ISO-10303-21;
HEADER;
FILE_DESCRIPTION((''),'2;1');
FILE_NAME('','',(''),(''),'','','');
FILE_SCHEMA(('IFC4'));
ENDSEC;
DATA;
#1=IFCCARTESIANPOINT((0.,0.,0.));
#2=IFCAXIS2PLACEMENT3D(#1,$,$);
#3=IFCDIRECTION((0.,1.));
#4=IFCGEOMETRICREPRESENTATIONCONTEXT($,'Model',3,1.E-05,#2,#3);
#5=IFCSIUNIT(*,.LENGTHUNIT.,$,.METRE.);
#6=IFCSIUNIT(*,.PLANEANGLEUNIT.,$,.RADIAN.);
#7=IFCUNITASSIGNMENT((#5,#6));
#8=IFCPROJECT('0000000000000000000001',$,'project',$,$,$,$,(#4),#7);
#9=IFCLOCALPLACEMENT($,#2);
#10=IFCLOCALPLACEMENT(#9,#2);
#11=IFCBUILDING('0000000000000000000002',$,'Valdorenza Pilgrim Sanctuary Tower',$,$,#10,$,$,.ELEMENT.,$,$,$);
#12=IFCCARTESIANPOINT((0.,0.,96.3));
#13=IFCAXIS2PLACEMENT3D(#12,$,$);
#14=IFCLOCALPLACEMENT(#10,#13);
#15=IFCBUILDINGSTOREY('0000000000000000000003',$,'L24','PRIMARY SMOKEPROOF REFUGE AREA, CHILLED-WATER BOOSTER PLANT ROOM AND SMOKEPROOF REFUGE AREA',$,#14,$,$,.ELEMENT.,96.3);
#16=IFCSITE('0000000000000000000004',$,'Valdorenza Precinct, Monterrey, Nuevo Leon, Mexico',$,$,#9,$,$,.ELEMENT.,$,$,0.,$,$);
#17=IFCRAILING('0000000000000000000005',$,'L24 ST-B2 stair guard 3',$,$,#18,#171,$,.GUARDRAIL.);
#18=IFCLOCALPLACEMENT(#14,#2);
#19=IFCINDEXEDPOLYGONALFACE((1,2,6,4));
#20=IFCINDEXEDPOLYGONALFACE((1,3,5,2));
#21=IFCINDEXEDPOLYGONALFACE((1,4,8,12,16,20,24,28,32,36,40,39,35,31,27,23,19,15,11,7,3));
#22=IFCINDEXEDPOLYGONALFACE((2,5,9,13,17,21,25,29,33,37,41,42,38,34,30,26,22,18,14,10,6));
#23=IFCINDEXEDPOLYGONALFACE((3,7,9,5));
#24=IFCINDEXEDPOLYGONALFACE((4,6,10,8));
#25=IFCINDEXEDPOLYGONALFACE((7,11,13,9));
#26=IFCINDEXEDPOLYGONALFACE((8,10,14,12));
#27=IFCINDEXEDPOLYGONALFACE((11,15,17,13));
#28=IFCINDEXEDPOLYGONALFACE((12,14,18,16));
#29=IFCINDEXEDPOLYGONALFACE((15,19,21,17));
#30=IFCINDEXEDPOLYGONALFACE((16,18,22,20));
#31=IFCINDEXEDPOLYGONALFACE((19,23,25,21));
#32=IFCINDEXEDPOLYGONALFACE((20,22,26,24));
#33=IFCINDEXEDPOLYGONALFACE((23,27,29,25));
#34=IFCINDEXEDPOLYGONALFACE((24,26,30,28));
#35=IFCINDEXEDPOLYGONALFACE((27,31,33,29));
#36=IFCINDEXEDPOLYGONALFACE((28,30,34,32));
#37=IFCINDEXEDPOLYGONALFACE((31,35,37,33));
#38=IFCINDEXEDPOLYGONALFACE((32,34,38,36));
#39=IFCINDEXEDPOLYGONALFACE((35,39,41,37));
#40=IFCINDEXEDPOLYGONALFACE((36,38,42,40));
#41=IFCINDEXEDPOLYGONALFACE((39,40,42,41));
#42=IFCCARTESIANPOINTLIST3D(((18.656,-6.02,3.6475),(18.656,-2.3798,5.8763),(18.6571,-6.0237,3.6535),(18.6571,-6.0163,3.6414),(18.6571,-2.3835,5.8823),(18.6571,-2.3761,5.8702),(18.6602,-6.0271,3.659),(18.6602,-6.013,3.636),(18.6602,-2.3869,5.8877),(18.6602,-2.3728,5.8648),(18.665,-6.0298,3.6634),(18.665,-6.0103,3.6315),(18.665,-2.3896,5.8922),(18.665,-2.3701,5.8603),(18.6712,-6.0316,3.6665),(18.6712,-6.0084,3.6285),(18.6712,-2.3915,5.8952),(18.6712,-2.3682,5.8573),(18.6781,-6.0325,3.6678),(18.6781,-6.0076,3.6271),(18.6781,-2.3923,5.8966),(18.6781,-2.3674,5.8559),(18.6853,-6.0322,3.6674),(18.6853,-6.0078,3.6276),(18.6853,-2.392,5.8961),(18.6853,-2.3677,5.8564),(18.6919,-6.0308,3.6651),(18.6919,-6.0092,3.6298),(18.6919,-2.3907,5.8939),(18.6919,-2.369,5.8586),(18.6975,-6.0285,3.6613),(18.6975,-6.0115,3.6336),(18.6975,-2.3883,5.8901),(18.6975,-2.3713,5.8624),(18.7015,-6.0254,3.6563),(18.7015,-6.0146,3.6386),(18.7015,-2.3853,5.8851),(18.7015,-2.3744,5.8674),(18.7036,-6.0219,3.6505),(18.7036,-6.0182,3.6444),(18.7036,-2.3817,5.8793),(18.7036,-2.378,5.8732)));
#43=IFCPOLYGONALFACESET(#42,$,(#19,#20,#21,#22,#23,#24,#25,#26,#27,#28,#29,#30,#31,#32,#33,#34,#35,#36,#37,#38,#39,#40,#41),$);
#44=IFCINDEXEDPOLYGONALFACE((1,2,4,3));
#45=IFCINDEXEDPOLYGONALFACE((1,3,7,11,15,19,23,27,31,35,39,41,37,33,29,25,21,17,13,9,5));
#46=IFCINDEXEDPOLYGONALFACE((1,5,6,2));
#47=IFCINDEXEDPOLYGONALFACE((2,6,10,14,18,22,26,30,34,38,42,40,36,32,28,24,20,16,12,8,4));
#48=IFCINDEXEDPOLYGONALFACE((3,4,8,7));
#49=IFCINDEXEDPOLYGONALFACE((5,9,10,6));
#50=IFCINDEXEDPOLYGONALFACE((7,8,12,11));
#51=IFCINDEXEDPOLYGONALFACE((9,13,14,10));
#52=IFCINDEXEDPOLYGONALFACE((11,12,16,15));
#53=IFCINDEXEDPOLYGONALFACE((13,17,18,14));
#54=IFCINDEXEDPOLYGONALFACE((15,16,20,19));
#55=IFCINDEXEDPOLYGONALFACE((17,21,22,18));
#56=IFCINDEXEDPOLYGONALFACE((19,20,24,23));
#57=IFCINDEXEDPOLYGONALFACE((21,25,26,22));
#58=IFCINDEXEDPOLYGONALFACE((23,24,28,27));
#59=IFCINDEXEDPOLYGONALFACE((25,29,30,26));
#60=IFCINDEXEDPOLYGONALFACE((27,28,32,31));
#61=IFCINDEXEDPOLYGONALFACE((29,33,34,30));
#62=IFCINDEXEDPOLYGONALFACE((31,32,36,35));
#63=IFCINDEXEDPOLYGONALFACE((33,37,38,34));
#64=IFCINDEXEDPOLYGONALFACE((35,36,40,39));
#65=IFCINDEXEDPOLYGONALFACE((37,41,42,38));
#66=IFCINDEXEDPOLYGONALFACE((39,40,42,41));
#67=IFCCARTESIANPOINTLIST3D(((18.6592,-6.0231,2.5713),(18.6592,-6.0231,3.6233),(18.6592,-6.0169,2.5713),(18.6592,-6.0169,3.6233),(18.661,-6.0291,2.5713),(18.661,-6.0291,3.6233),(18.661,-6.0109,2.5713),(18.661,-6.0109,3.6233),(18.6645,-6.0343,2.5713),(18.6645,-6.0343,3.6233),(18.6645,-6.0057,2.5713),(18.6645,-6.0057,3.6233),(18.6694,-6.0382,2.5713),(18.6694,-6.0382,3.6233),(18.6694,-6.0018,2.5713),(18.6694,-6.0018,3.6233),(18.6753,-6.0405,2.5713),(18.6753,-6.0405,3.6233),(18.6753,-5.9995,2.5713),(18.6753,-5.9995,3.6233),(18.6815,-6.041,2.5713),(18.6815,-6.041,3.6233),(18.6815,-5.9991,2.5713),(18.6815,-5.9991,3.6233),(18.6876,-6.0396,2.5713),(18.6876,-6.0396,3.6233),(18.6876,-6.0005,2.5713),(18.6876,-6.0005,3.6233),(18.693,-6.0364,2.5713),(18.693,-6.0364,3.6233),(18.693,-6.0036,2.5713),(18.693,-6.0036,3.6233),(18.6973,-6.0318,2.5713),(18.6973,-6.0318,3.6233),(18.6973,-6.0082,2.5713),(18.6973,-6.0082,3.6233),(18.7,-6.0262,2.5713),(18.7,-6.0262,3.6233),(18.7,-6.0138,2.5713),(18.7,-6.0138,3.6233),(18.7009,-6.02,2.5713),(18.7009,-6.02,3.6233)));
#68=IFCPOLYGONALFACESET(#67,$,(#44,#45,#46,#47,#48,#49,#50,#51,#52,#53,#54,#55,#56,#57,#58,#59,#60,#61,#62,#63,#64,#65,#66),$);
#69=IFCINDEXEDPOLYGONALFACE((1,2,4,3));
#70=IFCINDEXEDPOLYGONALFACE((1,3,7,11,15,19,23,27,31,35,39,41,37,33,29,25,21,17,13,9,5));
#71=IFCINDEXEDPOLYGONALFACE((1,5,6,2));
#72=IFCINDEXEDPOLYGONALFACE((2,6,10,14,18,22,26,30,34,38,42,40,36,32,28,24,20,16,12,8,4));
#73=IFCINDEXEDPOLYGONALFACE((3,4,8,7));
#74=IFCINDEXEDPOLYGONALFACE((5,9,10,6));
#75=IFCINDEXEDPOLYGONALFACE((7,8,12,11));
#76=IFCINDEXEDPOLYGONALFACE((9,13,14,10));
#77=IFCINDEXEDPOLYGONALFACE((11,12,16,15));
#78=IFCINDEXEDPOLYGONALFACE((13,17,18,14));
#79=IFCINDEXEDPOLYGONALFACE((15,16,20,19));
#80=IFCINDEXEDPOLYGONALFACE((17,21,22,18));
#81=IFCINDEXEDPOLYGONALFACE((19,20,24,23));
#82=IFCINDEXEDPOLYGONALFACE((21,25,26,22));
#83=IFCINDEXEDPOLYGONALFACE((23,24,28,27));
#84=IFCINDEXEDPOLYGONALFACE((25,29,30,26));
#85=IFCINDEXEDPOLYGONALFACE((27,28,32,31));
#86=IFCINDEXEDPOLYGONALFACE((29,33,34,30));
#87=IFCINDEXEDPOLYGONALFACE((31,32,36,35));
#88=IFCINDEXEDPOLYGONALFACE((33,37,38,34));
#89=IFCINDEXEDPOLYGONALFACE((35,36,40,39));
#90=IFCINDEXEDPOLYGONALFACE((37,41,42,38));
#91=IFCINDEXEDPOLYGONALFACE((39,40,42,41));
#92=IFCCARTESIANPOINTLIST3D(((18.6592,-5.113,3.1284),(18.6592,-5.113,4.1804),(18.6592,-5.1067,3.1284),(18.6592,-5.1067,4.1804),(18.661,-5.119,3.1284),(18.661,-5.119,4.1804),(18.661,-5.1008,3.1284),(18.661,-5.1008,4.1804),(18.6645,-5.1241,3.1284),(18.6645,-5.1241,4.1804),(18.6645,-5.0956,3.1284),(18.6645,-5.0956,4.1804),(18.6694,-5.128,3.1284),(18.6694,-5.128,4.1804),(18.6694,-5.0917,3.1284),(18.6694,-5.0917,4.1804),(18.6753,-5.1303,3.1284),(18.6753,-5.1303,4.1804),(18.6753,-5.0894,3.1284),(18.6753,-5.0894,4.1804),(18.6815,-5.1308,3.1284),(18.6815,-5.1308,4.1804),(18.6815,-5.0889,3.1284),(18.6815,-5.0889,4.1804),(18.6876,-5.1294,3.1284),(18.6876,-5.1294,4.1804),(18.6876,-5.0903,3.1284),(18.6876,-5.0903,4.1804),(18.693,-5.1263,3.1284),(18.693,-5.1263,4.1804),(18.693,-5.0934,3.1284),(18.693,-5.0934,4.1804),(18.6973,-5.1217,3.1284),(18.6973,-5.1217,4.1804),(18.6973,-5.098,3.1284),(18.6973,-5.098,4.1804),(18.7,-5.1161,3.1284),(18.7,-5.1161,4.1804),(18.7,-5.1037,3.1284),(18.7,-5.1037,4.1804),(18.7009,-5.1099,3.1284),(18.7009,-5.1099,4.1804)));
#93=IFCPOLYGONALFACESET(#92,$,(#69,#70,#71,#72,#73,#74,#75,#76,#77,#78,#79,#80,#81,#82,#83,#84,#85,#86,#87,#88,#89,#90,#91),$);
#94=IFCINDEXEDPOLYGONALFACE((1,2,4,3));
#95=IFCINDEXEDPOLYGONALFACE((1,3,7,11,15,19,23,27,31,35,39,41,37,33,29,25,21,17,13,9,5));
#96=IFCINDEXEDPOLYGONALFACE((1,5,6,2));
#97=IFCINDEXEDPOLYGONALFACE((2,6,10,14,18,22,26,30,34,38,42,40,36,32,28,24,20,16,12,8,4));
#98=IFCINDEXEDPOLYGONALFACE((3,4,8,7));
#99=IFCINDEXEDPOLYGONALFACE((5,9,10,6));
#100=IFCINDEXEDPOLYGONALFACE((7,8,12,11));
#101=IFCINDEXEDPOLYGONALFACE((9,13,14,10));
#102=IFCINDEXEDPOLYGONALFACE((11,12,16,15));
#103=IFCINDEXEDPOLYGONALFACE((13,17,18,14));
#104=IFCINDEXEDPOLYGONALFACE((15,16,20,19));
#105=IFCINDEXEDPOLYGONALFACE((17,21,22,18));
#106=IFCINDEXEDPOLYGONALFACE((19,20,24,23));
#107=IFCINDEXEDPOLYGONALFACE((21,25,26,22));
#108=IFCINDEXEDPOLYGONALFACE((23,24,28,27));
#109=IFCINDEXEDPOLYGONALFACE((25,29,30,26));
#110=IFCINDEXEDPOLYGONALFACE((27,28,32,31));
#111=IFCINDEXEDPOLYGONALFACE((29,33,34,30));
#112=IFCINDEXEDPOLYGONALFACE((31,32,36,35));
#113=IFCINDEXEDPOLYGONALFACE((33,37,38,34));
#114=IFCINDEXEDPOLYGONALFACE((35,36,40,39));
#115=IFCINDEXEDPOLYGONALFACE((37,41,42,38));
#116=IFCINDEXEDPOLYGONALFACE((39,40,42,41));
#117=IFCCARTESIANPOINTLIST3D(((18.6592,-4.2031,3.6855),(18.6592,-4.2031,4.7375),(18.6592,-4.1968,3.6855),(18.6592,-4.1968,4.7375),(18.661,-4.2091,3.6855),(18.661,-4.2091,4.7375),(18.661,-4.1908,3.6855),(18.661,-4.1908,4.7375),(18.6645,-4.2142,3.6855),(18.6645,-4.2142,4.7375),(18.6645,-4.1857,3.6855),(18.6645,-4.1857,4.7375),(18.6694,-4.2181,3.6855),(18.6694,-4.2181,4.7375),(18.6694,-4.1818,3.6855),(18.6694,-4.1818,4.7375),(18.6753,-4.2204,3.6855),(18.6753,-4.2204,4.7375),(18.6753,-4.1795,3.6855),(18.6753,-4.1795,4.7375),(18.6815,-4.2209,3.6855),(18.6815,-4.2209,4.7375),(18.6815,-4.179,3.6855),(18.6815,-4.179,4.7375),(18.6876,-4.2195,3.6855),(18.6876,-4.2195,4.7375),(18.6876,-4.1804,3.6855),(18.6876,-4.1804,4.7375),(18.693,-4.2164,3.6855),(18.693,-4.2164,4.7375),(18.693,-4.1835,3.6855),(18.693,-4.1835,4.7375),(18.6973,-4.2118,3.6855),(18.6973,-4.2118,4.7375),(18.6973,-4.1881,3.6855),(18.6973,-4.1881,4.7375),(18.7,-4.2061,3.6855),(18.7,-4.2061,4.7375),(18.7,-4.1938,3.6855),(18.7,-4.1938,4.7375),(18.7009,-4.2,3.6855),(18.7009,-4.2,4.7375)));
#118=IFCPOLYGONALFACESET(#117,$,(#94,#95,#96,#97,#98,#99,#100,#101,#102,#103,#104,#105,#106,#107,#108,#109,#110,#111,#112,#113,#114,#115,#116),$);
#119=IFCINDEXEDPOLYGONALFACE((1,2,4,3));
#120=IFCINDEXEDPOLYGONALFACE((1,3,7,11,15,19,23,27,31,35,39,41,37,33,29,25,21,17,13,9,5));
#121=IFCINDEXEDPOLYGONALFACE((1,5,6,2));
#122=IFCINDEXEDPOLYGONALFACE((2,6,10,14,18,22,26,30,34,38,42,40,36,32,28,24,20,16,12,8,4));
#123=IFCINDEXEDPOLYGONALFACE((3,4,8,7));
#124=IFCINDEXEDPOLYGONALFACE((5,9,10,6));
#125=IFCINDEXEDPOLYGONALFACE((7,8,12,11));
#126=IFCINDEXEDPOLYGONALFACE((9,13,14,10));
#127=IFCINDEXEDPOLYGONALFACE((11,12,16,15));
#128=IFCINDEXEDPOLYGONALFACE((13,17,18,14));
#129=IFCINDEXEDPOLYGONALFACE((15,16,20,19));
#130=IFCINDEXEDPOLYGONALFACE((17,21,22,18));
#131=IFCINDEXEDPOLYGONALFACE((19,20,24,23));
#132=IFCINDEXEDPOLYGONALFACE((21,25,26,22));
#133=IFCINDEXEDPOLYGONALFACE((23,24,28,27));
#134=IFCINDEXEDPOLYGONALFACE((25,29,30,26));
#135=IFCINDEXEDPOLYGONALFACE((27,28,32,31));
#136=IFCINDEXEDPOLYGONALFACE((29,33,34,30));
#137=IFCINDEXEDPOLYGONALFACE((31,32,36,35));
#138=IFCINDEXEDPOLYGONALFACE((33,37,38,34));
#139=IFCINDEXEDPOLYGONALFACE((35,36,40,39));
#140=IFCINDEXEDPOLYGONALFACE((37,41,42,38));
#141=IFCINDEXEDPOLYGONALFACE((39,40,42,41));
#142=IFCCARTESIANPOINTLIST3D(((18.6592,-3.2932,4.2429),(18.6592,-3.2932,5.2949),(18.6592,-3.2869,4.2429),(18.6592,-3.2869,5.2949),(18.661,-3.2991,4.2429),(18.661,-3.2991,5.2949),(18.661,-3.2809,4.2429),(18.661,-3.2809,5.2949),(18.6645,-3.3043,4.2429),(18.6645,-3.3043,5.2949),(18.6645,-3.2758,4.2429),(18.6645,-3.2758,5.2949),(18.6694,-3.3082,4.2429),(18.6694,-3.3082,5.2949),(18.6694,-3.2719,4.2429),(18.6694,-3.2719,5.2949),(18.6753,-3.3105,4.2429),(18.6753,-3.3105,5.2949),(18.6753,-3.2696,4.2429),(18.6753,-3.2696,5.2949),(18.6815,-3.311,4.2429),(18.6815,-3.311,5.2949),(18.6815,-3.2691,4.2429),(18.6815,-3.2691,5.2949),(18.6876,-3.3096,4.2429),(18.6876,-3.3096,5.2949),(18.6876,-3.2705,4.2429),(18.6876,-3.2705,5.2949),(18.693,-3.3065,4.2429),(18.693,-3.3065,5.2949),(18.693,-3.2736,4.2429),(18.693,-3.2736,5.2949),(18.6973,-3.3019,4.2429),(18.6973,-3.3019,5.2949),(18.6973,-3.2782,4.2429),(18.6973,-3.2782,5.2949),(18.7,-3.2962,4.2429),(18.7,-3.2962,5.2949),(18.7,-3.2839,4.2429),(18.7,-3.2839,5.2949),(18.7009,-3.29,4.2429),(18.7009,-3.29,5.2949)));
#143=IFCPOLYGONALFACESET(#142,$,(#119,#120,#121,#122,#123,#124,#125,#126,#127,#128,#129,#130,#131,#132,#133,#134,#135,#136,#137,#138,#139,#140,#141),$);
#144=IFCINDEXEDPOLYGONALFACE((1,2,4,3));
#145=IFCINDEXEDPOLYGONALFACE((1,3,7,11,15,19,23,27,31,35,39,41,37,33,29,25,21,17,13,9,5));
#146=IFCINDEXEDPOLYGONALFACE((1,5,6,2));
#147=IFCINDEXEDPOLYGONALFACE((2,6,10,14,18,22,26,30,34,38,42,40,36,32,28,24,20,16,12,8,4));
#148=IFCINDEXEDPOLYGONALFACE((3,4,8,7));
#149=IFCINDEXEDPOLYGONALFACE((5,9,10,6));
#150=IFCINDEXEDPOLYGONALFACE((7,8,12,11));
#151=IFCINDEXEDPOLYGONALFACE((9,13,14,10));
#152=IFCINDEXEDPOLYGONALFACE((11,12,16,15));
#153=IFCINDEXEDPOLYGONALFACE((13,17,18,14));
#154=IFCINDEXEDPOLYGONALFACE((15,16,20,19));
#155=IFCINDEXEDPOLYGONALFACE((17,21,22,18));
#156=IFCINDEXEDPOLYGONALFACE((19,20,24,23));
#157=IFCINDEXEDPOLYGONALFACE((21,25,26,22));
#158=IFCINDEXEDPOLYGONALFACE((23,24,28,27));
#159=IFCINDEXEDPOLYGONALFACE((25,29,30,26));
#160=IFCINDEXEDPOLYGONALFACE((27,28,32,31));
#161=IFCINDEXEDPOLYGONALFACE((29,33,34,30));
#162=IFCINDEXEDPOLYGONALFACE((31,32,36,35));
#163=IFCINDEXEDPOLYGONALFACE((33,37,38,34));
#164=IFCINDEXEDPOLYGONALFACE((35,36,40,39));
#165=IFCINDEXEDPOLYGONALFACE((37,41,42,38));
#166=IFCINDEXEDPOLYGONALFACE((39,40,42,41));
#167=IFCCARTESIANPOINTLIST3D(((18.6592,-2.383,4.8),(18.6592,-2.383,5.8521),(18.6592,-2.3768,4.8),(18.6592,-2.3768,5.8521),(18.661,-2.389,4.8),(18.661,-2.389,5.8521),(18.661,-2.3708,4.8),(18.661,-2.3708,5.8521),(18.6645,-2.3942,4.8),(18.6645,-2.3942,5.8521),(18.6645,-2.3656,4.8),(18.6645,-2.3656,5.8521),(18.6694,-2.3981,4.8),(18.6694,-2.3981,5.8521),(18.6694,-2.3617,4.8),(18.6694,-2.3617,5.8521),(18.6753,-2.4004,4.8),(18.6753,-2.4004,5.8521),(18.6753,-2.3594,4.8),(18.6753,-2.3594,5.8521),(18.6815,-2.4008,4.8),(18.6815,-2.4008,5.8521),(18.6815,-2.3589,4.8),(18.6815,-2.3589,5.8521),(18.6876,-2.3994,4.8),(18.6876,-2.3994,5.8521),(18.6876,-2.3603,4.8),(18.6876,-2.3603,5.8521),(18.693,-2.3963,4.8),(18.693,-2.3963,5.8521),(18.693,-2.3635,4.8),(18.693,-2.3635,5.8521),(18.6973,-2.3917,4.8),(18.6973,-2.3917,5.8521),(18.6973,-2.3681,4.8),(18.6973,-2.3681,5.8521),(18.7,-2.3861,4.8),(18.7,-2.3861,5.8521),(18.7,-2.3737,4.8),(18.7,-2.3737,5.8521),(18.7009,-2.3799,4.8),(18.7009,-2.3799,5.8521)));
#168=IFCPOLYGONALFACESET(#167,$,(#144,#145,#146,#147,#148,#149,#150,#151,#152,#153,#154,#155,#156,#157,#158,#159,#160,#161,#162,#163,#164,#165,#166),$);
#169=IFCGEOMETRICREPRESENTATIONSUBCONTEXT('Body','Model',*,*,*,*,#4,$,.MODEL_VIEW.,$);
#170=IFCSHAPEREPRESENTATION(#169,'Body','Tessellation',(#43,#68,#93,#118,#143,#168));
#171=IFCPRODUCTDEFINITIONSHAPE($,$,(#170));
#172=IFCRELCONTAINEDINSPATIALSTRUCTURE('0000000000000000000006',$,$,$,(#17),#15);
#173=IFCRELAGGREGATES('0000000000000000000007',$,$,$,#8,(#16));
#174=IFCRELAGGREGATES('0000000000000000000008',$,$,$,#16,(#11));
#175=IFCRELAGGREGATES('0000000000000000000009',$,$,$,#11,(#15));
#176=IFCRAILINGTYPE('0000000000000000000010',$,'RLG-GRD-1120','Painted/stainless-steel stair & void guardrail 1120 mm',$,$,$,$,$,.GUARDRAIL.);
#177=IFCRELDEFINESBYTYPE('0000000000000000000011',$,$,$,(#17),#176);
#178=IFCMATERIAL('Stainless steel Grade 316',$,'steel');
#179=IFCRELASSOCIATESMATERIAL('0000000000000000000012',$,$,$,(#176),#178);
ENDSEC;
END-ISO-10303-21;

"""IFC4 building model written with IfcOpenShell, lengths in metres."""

from ifc_helpers import new_model, si_unit, direction, frame, origin, origin_2d, place, context, subcontext, project, spatial, circle, extrude, material, type_object, element, save


model = new_model("IFC4")

# Units and contexts
model_context = context("Model", 3, precision=1e-05, world=origin(), true_north=direction((0.0, 1.0)))
body_context = subcontext(model_context, "Body", "Model", "MODEL_VIEW")
ifc_project = project(units=[si_unit("LENGTHUNIT", "METRE"), si_unit("PLANEANGLEUNIT", "RADIAN")], contexts=[model_context])

# Site, building, storey
site_placement = place(None, origin())
site = spatial("IfcSite", under=ifc_project, at=site_placement, Name="Valdorenza Precinct, Monterrey, Nuevo Leon, Mexico", CompositionType="ELEMENT", RefElevation=0.0)
building_placement = place(site_placement, origin())
building = spatial("IfcBuilding", under=site, at=building_placement, Name="Valdorenza Pilgrim Sanctuary Tower", CompositionType="ELEMENT")
storey_placement = place(building_placement, frame((0.0, 0.0, 96.3)))
storey = spatial("IfcBuildingStorey", under=building, at=storey_placement, Name="L24", Description="PRIMARY SMOKEPROOF REFUGE AREA, CHILLED-WATER BOOSTER PLANT ROOM AND SMOKEPROOF REFUGE AREA", CompositionType="ELEMENT", Elevation=96.3)

# Railing
ifc_material_1 = material(Name="Stainless steel Grade 316", Category="steel")
railing_type_1 = type_object("IfcRailingType", Name="RLG-GRD-1120", Description="Painted/stainless-steel stair & void guardrail 1120 mm", PredefinedType="GUARDRAIL", material=ifc_material_1)
railing_1_placement = place(storey_placement, frame((18.6799, -6.02, 2.5713)))
element("IfcRailing", 1, at=railing_1_placement, inside=storey, type_object=railing_type_1, Name="L24 ST-B2 stair guard 3", PredefinedType="GUARDRAIL", context=body_context, shape_type="SweptSolid", body=[
    extrude(circle(Radius=0.0239, at=origin_2d()), frame((0.0, 0.0, 1.0762), z_axis=(0.0, 0.85284, 0.522172), x_axis=(-1.0, 0.0, 0.0)), (0.0, 0.0, 1.0), 4.2683),
    extrude(circle(Radius=0.021, at=origin_2d()), origin(), (0.0, 0.0, 1.0), 1.052),
    extrude(circle(Radius=0.021, at=origin_2d()), frame((0.0, 0.9102, 0.5571)), (0.0, 0.0, 1.0), 1.052),
    extrude(circle(Radius=0.021, at=origin_2d()), frame((0.0, 1.8201, 1.1143)), (0.0, 0.0, 1.0), 1.052),
    extrude(circle(Radius=0.021, at=origin_2d()), frame((0.0, 2.73, 1.6716)), (0.0, 0.0, 1.0), 1.052),
    extrude(circle(Radius=0.021, at=origin_2d()), frame((0.0, 3.6401, 2.2288)), (0.0, 0.0, 1.0), 1.052),
])

save(model, "model.ifc")
